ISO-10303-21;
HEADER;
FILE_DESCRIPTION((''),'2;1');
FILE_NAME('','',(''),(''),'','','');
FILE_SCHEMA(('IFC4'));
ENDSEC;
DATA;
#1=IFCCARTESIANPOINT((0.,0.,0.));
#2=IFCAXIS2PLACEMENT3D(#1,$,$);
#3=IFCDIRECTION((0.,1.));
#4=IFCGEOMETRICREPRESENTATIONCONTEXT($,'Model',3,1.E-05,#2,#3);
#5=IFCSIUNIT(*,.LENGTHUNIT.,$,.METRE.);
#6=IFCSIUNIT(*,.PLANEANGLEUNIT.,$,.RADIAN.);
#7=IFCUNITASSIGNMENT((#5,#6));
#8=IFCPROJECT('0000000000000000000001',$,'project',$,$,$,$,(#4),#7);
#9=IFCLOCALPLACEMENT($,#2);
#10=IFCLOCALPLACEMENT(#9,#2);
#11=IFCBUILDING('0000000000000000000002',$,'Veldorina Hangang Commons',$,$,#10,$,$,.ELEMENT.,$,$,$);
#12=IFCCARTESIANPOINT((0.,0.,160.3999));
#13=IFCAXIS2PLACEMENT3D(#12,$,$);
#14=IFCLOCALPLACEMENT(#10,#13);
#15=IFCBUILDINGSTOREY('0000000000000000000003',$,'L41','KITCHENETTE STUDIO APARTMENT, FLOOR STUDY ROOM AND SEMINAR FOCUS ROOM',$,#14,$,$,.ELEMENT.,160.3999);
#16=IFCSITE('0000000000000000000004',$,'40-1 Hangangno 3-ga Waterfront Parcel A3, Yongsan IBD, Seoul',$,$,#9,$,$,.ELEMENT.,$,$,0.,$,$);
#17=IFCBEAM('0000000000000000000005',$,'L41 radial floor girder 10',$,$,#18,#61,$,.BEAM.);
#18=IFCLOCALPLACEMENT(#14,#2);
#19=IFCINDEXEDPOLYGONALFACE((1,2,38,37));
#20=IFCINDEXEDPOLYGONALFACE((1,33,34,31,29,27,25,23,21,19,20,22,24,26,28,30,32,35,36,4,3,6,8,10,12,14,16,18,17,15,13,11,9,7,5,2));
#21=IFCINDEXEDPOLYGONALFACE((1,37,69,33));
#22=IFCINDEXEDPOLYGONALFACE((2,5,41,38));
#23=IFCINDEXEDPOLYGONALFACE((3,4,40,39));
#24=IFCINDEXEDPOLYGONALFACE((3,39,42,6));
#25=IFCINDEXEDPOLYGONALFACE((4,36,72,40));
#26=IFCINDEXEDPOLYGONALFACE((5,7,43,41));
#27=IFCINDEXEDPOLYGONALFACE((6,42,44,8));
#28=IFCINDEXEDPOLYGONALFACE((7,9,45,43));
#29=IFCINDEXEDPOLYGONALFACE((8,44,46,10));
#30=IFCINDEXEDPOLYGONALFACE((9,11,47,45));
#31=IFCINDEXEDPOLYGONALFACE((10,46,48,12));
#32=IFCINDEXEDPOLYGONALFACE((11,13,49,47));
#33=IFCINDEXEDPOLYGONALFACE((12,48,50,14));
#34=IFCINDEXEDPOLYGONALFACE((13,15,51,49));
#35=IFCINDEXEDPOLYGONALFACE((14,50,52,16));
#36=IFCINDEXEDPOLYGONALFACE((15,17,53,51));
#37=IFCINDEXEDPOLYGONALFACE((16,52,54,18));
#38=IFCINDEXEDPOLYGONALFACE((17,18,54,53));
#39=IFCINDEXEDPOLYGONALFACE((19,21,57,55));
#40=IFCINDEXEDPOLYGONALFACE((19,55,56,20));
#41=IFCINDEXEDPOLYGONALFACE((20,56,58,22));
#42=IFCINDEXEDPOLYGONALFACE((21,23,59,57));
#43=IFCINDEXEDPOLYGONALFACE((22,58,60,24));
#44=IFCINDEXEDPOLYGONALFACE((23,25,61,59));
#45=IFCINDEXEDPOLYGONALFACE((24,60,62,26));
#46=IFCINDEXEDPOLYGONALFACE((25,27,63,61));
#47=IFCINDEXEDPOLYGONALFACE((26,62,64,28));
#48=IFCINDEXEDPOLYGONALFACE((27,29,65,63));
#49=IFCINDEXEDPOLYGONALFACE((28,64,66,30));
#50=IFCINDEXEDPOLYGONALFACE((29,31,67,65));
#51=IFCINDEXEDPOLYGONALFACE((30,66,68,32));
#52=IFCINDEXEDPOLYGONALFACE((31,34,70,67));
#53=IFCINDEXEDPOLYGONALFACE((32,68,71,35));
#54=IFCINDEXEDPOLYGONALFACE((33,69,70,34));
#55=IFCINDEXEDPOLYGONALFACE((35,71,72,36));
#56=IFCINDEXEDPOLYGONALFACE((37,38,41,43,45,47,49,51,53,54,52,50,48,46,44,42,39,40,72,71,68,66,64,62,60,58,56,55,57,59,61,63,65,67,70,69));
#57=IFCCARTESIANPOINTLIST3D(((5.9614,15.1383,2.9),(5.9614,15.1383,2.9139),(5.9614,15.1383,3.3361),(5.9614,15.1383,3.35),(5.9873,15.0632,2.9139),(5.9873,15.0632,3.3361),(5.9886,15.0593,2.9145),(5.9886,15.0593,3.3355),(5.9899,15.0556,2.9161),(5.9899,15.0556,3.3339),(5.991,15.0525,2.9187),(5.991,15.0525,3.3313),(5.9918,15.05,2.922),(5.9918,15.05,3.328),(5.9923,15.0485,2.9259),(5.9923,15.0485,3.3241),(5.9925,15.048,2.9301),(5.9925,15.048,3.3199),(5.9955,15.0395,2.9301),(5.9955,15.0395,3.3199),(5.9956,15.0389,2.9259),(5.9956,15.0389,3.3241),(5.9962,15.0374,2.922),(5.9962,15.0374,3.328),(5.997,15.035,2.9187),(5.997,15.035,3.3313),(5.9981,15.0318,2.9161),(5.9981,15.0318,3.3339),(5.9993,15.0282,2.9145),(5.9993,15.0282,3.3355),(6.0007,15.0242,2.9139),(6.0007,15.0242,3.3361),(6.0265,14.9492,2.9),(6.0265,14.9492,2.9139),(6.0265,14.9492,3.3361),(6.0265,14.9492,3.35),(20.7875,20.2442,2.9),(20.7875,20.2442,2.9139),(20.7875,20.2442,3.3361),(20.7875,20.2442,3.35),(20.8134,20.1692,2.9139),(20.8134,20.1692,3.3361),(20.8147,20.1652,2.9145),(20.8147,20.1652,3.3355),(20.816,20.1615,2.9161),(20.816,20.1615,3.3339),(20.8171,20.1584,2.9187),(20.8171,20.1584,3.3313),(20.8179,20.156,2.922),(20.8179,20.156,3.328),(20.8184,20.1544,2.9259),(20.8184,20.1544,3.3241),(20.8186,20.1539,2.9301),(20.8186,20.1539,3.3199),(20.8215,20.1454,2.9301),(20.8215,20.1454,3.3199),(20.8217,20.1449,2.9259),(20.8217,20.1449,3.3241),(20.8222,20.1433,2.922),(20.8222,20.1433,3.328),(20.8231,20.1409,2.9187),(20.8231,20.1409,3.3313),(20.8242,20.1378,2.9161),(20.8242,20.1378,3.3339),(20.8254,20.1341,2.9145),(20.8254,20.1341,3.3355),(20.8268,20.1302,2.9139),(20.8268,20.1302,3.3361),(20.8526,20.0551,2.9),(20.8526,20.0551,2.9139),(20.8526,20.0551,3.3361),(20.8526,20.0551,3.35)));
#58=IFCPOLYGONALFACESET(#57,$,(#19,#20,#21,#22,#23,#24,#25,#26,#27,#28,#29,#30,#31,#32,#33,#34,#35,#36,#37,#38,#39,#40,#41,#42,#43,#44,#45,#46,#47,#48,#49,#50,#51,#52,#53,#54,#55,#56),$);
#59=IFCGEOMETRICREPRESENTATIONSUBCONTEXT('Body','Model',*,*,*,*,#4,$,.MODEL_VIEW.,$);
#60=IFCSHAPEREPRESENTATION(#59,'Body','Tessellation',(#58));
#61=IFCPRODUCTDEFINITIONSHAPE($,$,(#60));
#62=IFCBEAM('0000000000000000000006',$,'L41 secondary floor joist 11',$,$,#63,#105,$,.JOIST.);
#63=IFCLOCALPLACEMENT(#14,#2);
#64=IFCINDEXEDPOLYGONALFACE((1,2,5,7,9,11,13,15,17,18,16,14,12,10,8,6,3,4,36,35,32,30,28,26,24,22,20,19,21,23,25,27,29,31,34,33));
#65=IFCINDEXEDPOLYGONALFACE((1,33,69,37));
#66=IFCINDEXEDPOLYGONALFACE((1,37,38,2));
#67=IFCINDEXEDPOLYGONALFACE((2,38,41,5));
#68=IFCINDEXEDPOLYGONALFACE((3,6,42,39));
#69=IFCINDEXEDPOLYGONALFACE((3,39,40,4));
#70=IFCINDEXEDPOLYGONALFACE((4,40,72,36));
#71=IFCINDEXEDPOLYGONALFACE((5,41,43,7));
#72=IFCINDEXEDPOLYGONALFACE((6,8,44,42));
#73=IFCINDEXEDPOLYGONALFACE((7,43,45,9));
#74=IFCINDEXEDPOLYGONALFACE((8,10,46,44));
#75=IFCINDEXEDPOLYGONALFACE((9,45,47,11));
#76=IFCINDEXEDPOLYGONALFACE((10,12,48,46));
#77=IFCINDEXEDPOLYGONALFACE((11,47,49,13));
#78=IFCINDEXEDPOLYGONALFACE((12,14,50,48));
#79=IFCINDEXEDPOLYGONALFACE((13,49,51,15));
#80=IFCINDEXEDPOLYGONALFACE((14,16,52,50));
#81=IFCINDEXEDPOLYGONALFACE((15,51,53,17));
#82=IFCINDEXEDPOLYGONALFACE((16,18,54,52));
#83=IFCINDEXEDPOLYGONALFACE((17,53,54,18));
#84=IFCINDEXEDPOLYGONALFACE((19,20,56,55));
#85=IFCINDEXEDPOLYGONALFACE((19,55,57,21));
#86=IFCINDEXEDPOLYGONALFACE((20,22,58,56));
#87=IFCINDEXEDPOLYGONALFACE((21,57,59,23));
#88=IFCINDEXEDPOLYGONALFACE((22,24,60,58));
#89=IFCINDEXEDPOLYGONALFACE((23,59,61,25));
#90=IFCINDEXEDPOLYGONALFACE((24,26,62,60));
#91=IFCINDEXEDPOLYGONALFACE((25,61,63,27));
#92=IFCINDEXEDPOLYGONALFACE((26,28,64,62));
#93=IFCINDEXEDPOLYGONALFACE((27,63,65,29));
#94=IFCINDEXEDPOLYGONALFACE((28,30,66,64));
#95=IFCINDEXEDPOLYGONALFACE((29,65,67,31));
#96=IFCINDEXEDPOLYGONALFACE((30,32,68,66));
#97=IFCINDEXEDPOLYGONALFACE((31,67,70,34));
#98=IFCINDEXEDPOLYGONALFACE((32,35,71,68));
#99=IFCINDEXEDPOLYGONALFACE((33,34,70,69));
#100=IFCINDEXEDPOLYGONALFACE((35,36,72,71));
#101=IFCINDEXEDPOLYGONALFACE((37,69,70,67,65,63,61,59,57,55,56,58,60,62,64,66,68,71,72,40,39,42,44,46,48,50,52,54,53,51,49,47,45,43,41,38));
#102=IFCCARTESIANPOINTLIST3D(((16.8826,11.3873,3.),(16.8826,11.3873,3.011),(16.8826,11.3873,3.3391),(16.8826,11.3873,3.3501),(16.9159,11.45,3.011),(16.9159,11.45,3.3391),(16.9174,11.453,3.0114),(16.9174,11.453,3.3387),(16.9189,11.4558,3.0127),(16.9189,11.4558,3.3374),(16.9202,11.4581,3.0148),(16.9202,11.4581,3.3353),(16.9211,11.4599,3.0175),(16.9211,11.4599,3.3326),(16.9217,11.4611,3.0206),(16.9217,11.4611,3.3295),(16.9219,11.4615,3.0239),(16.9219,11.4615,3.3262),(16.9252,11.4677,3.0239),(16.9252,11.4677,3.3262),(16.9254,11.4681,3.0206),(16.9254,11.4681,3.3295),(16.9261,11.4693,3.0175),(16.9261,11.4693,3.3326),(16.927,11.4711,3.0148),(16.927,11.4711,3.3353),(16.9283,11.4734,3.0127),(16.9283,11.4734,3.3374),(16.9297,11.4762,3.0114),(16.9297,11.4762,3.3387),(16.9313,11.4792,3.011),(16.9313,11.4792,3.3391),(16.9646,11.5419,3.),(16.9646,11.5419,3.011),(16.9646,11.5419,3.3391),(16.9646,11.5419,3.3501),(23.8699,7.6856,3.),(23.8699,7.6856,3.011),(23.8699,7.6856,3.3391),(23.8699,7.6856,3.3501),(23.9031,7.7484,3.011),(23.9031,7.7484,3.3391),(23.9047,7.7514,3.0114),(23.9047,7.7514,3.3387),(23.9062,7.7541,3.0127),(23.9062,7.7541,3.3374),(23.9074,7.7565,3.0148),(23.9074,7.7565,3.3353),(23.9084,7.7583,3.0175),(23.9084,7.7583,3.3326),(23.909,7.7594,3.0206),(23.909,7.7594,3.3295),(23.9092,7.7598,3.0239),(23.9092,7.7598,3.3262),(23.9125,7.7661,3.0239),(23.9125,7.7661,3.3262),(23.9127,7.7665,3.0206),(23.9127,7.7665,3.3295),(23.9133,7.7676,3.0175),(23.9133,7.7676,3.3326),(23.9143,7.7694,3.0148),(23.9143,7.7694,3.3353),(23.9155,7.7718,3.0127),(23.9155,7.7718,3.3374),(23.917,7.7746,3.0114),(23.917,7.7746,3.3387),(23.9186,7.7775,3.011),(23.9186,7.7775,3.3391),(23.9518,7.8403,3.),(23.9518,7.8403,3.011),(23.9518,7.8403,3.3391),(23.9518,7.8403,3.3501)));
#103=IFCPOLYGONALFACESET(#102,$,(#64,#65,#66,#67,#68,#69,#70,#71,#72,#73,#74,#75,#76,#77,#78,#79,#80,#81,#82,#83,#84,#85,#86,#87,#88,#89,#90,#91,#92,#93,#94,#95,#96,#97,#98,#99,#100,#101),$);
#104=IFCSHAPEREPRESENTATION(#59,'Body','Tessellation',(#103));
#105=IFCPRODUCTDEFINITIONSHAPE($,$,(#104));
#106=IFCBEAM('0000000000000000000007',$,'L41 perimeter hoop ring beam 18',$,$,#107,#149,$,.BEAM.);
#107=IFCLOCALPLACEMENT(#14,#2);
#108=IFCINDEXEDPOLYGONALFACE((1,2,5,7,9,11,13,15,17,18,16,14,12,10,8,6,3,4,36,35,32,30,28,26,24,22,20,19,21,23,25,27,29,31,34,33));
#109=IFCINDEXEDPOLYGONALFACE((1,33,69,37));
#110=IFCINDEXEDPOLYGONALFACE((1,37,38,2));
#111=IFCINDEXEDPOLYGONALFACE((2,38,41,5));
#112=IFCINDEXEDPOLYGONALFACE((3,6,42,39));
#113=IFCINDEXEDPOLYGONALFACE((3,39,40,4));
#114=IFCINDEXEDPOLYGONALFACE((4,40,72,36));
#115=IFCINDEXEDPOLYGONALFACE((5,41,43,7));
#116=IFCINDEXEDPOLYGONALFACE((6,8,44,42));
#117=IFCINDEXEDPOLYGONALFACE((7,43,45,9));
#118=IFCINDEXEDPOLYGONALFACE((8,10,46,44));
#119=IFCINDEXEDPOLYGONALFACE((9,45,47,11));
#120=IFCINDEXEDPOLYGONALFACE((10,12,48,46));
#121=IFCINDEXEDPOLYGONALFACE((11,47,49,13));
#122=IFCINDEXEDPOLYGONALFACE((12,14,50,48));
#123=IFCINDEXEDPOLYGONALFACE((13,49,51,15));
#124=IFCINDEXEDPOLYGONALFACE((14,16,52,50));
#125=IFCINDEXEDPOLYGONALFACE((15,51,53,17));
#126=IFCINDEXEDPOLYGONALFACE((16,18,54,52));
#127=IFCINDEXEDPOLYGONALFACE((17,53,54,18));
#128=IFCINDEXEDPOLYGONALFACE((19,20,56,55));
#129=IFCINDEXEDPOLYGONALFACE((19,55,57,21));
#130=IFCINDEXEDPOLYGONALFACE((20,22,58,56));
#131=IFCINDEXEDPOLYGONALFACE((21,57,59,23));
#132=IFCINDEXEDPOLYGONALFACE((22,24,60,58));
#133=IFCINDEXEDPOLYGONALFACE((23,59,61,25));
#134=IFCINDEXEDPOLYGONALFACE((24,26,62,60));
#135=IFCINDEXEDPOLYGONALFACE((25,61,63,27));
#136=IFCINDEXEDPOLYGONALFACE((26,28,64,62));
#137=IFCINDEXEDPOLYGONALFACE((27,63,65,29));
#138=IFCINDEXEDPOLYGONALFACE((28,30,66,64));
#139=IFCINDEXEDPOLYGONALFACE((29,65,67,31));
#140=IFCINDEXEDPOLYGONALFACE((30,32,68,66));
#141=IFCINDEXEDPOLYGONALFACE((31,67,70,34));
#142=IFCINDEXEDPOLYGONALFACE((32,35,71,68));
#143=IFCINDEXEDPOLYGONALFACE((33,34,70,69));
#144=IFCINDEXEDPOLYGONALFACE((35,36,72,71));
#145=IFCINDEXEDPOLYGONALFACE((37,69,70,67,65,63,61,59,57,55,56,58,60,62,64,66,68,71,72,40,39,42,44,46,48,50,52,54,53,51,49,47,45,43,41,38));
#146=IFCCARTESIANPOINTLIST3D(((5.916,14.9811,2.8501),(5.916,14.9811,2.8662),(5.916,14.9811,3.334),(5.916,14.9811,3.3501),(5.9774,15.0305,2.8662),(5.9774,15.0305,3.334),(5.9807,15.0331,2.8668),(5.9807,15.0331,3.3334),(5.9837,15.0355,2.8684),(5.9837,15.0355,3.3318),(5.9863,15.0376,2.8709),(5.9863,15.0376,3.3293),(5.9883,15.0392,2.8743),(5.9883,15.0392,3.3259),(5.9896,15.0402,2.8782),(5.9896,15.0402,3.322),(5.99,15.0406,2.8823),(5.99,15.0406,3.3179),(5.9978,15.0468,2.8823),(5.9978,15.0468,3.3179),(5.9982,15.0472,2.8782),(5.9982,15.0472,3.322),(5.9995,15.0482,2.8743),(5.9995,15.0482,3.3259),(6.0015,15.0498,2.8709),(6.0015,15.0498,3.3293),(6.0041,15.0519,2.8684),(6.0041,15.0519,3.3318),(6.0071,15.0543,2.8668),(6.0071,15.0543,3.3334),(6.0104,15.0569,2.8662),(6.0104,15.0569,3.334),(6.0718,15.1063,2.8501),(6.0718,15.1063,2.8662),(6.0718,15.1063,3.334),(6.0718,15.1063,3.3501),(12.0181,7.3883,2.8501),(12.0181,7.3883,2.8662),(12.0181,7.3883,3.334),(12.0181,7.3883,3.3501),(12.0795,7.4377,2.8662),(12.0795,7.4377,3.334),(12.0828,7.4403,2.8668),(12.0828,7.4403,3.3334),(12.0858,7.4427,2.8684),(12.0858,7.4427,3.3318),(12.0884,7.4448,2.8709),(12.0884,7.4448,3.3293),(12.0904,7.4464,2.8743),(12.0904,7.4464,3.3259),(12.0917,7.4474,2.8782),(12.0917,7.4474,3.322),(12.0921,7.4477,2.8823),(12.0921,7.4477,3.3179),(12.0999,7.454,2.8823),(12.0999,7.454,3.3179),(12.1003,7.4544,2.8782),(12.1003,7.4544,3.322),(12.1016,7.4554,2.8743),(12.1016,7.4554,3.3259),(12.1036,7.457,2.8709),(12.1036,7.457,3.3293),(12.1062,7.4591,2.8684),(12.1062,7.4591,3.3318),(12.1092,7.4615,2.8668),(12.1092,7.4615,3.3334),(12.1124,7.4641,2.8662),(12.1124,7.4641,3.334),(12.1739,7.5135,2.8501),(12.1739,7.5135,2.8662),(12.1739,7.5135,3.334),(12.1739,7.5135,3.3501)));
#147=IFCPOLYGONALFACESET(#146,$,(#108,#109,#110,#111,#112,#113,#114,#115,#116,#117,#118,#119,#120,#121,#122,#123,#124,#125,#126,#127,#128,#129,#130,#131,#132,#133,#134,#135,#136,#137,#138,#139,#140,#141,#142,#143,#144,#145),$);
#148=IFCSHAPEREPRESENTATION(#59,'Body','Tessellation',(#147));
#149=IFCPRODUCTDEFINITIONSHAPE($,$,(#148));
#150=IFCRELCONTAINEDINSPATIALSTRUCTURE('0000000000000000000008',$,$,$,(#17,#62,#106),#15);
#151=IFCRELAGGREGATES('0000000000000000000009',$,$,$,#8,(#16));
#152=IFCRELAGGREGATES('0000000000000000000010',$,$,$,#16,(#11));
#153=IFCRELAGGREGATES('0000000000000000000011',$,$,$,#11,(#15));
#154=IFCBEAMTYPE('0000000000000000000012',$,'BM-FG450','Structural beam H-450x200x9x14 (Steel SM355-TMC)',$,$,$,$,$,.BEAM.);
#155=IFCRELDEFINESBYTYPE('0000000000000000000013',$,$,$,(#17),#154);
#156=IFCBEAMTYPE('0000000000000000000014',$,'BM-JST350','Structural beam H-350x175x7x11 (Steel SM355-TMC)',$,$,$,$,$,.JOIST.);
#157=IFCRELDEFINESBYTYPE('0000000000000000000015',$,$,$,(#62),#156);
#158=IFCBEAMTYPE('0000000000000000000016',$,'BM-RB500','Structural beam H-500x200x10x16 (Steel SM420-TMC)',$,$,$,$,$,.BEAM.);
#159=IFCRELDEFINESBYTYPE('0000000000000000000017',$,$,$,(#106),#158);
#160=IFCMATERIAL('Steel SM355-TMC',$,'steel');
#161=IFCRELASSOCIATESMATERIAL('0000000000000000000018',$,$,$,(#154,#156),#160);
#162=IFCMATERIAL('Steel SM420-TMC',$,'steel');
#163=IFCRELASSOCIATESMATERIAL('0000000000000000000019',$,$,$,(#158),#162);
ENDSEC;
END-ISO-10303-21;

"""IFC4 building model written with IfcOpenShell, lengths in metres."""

from ifc_helpers import new_model, si_unit, direction, frame, origin, origin_2d, place, context, subcontext, project, spatial, i_section, extrude, material, material_profile, profile_set, type_object, element, save


model = new_model("IFC4")

# Units and contexts
model_context = context("Model", 3, precision=1e-05, world=origin(), true_north=direction((0.0, 1.0)))
body_context = subcontext(model_context, "Body", "Model", "MODEL_VIEW")
ifc_project = project(units=[si_unit("LENGTHUNIT", "METRE"), si_unit("PLANEANGLEUNIT", "RADIAN")], contexts=[model_context])

# Site, building, storey
site_placement = place(None, origin())
site = spatial("IfcSite", under=ifc_project, at=site_placement, Name="40-1 Hangangno 3-ga Waterfront Parcel A3, Yongsan IBD, Seoul", CompositionType="ELEMENT", RefElevation=0.0)
building_placement = place(site_placement, origin())
building = spatial("IfcBuilding", under=site, at=building_placement, Name="Veldorina Hangang Commons", CompositionType="ELEMENT")
storey_placement = place(building_placement, frame((0.0, 0.0, 160.3999)))
storey = spatial("IfcBuildingStorey", under=building, at=storey_placement, Name="L41", Description="KITCHENETTE STUDIO APARTMENT, FLOOR STUDY ROOM AND SEMINAR FOCUS ROOM", CompositionType="ELEMENT", Elevation=160.3999)

# Beams
ifc_material_1 = material(Name="Steel SM355-TMC", Category="steel")
ifc_material_profile_1 = material_profile(ifc_material_1, i_section(OverallWidth=0.2, OverallDepth=0.45, WebThickness=0.009, FlangeThickness=0.0139, FilletRadius=0.0161, at=origin_2d()), Name="H-450x200x9x14")
ifc_profile_set_1 = profile_set([ifc_material_profile_1], Name="Steel SM355-TMC")
beam_type_1 = type_object("IfcBeamType", Name="BM-FG450", Description="Structural beam H-450x200x9x14 (Steel SM355-TMC)", PredefinedType="BEAM", material=ifc_profile_set_1)
beam_1_placement = place(storey_placement, frame((20.8201, 20.1497, 3.125), z_axis=(-0.945501, -0.325619, 0.0), x_axis=(0.325619, -0.945501, 0.0)))
element("IfcBeam", 1, at=beam_1_placement, inside=storey, type_object=beam_type_1, Name="L41 radial floor girder 10", PredefinedType="BEAM", context=body_context, shape_type="SweptSolid", body=[
    extrude(i_section(OverallWidth=0.2, OverallDepth=0.45, WebThickness=0.009, FlangeThickness=0.0139, FilletRadius=0.0161, at=origin_2d()), origin(), (0.0, 0.0, 1.0), 15.6807),
])
ifc_material_profile_2 = material_profile(ifc_material_1, i_section(OverallWidth=0.175, OverallDepth=0.3501, WebThickness=0.0071, FlangeThickness=0.011, FilletRadius=0.0129, at=origin_2d()), Name="H-350x175x7x11")
ifc_profile_set_2 = profile_set([ifc_material_profile_2], Name="Steel SM355-TMC")
beam_type_2 = type_object("IfcBeamType", Name="BM-JST350", Description="Structural beam H-350x175x7x11 (Steel SM355-TMC)", PredefinedType="JOIST", material=ifc_profile_set_2)
beam_2_placement = place(storey_placement, frame((16.9236, 11.4646, 3.175), z_axis=(0.883657, -0.468135, 0.0), x_axis=(0.468135, 0.883657, 0.0)))
element("IfcBeam", 2, at=beam_2_placement, inside=storey, type_object=beam_type_2, Name="L41 secondary floor joist 11", PredefinedType="JOIST", context=body_context, shape_type="SweptSolid", body=[
    extrude(i_section(OverallWidth=0.175, OverallDepth=0.3501, WebThickness=0.0071, FlangeThickness=0.011, FilletRadius=0.0129, at=origin_2d()), origin(), (0.0, 0.0, 1.0), 7.9072),
])
ifc_material_2 = material(Name="Steel SM420-TMC", Category="steel")
ifc_material_profile_3 = material_profile(ifc_material_2, i_section(OverallWidth=0.2, OverallDepth=0.5, WebThickness=0.01, FlangeThickness=0.0161, FilletRadius=0.0161, at=origin_2d()), Name="H-500x200x10x16")
ifc_profile_set_3 = profile_set([ifc_material_profile_3], Name="Steel SM420-TMC")
beam_type_3 = type_object("IfcBeamType", Name="BM-RB500", Description="Structural beam H-500x200x10x16 (Steel SM420-TMC)", PredefinedType="BEAM", material=ifc_profile_set_3)
beam_3_placement = place(storey_placement, frame((5.9939, 15.0437, 3.1001), z_axis=(0.626436, -0.779473, 0.0), x_axis=(0.779473, 0.626436, 0.0)))
element("IfcBeam", 3, at=beam_3_placement, inside=storey, type_object=beam_type_3, Name="L41 perimeter hoop ring beam 18", PredefinedType="BEAM", context=body_context, shape_type="SweptSolid", body=[
    extrude(i_section(OverallWidth=0.2, OverallDepth=0.5, WebThickness=0.01, FlangeThickness=0.0161, FilletRadius=0.0161, at=origin_2d()), origin(), (0.0, 0.0, 1.0), 9.741),
])

save(model, "model.ifc")
